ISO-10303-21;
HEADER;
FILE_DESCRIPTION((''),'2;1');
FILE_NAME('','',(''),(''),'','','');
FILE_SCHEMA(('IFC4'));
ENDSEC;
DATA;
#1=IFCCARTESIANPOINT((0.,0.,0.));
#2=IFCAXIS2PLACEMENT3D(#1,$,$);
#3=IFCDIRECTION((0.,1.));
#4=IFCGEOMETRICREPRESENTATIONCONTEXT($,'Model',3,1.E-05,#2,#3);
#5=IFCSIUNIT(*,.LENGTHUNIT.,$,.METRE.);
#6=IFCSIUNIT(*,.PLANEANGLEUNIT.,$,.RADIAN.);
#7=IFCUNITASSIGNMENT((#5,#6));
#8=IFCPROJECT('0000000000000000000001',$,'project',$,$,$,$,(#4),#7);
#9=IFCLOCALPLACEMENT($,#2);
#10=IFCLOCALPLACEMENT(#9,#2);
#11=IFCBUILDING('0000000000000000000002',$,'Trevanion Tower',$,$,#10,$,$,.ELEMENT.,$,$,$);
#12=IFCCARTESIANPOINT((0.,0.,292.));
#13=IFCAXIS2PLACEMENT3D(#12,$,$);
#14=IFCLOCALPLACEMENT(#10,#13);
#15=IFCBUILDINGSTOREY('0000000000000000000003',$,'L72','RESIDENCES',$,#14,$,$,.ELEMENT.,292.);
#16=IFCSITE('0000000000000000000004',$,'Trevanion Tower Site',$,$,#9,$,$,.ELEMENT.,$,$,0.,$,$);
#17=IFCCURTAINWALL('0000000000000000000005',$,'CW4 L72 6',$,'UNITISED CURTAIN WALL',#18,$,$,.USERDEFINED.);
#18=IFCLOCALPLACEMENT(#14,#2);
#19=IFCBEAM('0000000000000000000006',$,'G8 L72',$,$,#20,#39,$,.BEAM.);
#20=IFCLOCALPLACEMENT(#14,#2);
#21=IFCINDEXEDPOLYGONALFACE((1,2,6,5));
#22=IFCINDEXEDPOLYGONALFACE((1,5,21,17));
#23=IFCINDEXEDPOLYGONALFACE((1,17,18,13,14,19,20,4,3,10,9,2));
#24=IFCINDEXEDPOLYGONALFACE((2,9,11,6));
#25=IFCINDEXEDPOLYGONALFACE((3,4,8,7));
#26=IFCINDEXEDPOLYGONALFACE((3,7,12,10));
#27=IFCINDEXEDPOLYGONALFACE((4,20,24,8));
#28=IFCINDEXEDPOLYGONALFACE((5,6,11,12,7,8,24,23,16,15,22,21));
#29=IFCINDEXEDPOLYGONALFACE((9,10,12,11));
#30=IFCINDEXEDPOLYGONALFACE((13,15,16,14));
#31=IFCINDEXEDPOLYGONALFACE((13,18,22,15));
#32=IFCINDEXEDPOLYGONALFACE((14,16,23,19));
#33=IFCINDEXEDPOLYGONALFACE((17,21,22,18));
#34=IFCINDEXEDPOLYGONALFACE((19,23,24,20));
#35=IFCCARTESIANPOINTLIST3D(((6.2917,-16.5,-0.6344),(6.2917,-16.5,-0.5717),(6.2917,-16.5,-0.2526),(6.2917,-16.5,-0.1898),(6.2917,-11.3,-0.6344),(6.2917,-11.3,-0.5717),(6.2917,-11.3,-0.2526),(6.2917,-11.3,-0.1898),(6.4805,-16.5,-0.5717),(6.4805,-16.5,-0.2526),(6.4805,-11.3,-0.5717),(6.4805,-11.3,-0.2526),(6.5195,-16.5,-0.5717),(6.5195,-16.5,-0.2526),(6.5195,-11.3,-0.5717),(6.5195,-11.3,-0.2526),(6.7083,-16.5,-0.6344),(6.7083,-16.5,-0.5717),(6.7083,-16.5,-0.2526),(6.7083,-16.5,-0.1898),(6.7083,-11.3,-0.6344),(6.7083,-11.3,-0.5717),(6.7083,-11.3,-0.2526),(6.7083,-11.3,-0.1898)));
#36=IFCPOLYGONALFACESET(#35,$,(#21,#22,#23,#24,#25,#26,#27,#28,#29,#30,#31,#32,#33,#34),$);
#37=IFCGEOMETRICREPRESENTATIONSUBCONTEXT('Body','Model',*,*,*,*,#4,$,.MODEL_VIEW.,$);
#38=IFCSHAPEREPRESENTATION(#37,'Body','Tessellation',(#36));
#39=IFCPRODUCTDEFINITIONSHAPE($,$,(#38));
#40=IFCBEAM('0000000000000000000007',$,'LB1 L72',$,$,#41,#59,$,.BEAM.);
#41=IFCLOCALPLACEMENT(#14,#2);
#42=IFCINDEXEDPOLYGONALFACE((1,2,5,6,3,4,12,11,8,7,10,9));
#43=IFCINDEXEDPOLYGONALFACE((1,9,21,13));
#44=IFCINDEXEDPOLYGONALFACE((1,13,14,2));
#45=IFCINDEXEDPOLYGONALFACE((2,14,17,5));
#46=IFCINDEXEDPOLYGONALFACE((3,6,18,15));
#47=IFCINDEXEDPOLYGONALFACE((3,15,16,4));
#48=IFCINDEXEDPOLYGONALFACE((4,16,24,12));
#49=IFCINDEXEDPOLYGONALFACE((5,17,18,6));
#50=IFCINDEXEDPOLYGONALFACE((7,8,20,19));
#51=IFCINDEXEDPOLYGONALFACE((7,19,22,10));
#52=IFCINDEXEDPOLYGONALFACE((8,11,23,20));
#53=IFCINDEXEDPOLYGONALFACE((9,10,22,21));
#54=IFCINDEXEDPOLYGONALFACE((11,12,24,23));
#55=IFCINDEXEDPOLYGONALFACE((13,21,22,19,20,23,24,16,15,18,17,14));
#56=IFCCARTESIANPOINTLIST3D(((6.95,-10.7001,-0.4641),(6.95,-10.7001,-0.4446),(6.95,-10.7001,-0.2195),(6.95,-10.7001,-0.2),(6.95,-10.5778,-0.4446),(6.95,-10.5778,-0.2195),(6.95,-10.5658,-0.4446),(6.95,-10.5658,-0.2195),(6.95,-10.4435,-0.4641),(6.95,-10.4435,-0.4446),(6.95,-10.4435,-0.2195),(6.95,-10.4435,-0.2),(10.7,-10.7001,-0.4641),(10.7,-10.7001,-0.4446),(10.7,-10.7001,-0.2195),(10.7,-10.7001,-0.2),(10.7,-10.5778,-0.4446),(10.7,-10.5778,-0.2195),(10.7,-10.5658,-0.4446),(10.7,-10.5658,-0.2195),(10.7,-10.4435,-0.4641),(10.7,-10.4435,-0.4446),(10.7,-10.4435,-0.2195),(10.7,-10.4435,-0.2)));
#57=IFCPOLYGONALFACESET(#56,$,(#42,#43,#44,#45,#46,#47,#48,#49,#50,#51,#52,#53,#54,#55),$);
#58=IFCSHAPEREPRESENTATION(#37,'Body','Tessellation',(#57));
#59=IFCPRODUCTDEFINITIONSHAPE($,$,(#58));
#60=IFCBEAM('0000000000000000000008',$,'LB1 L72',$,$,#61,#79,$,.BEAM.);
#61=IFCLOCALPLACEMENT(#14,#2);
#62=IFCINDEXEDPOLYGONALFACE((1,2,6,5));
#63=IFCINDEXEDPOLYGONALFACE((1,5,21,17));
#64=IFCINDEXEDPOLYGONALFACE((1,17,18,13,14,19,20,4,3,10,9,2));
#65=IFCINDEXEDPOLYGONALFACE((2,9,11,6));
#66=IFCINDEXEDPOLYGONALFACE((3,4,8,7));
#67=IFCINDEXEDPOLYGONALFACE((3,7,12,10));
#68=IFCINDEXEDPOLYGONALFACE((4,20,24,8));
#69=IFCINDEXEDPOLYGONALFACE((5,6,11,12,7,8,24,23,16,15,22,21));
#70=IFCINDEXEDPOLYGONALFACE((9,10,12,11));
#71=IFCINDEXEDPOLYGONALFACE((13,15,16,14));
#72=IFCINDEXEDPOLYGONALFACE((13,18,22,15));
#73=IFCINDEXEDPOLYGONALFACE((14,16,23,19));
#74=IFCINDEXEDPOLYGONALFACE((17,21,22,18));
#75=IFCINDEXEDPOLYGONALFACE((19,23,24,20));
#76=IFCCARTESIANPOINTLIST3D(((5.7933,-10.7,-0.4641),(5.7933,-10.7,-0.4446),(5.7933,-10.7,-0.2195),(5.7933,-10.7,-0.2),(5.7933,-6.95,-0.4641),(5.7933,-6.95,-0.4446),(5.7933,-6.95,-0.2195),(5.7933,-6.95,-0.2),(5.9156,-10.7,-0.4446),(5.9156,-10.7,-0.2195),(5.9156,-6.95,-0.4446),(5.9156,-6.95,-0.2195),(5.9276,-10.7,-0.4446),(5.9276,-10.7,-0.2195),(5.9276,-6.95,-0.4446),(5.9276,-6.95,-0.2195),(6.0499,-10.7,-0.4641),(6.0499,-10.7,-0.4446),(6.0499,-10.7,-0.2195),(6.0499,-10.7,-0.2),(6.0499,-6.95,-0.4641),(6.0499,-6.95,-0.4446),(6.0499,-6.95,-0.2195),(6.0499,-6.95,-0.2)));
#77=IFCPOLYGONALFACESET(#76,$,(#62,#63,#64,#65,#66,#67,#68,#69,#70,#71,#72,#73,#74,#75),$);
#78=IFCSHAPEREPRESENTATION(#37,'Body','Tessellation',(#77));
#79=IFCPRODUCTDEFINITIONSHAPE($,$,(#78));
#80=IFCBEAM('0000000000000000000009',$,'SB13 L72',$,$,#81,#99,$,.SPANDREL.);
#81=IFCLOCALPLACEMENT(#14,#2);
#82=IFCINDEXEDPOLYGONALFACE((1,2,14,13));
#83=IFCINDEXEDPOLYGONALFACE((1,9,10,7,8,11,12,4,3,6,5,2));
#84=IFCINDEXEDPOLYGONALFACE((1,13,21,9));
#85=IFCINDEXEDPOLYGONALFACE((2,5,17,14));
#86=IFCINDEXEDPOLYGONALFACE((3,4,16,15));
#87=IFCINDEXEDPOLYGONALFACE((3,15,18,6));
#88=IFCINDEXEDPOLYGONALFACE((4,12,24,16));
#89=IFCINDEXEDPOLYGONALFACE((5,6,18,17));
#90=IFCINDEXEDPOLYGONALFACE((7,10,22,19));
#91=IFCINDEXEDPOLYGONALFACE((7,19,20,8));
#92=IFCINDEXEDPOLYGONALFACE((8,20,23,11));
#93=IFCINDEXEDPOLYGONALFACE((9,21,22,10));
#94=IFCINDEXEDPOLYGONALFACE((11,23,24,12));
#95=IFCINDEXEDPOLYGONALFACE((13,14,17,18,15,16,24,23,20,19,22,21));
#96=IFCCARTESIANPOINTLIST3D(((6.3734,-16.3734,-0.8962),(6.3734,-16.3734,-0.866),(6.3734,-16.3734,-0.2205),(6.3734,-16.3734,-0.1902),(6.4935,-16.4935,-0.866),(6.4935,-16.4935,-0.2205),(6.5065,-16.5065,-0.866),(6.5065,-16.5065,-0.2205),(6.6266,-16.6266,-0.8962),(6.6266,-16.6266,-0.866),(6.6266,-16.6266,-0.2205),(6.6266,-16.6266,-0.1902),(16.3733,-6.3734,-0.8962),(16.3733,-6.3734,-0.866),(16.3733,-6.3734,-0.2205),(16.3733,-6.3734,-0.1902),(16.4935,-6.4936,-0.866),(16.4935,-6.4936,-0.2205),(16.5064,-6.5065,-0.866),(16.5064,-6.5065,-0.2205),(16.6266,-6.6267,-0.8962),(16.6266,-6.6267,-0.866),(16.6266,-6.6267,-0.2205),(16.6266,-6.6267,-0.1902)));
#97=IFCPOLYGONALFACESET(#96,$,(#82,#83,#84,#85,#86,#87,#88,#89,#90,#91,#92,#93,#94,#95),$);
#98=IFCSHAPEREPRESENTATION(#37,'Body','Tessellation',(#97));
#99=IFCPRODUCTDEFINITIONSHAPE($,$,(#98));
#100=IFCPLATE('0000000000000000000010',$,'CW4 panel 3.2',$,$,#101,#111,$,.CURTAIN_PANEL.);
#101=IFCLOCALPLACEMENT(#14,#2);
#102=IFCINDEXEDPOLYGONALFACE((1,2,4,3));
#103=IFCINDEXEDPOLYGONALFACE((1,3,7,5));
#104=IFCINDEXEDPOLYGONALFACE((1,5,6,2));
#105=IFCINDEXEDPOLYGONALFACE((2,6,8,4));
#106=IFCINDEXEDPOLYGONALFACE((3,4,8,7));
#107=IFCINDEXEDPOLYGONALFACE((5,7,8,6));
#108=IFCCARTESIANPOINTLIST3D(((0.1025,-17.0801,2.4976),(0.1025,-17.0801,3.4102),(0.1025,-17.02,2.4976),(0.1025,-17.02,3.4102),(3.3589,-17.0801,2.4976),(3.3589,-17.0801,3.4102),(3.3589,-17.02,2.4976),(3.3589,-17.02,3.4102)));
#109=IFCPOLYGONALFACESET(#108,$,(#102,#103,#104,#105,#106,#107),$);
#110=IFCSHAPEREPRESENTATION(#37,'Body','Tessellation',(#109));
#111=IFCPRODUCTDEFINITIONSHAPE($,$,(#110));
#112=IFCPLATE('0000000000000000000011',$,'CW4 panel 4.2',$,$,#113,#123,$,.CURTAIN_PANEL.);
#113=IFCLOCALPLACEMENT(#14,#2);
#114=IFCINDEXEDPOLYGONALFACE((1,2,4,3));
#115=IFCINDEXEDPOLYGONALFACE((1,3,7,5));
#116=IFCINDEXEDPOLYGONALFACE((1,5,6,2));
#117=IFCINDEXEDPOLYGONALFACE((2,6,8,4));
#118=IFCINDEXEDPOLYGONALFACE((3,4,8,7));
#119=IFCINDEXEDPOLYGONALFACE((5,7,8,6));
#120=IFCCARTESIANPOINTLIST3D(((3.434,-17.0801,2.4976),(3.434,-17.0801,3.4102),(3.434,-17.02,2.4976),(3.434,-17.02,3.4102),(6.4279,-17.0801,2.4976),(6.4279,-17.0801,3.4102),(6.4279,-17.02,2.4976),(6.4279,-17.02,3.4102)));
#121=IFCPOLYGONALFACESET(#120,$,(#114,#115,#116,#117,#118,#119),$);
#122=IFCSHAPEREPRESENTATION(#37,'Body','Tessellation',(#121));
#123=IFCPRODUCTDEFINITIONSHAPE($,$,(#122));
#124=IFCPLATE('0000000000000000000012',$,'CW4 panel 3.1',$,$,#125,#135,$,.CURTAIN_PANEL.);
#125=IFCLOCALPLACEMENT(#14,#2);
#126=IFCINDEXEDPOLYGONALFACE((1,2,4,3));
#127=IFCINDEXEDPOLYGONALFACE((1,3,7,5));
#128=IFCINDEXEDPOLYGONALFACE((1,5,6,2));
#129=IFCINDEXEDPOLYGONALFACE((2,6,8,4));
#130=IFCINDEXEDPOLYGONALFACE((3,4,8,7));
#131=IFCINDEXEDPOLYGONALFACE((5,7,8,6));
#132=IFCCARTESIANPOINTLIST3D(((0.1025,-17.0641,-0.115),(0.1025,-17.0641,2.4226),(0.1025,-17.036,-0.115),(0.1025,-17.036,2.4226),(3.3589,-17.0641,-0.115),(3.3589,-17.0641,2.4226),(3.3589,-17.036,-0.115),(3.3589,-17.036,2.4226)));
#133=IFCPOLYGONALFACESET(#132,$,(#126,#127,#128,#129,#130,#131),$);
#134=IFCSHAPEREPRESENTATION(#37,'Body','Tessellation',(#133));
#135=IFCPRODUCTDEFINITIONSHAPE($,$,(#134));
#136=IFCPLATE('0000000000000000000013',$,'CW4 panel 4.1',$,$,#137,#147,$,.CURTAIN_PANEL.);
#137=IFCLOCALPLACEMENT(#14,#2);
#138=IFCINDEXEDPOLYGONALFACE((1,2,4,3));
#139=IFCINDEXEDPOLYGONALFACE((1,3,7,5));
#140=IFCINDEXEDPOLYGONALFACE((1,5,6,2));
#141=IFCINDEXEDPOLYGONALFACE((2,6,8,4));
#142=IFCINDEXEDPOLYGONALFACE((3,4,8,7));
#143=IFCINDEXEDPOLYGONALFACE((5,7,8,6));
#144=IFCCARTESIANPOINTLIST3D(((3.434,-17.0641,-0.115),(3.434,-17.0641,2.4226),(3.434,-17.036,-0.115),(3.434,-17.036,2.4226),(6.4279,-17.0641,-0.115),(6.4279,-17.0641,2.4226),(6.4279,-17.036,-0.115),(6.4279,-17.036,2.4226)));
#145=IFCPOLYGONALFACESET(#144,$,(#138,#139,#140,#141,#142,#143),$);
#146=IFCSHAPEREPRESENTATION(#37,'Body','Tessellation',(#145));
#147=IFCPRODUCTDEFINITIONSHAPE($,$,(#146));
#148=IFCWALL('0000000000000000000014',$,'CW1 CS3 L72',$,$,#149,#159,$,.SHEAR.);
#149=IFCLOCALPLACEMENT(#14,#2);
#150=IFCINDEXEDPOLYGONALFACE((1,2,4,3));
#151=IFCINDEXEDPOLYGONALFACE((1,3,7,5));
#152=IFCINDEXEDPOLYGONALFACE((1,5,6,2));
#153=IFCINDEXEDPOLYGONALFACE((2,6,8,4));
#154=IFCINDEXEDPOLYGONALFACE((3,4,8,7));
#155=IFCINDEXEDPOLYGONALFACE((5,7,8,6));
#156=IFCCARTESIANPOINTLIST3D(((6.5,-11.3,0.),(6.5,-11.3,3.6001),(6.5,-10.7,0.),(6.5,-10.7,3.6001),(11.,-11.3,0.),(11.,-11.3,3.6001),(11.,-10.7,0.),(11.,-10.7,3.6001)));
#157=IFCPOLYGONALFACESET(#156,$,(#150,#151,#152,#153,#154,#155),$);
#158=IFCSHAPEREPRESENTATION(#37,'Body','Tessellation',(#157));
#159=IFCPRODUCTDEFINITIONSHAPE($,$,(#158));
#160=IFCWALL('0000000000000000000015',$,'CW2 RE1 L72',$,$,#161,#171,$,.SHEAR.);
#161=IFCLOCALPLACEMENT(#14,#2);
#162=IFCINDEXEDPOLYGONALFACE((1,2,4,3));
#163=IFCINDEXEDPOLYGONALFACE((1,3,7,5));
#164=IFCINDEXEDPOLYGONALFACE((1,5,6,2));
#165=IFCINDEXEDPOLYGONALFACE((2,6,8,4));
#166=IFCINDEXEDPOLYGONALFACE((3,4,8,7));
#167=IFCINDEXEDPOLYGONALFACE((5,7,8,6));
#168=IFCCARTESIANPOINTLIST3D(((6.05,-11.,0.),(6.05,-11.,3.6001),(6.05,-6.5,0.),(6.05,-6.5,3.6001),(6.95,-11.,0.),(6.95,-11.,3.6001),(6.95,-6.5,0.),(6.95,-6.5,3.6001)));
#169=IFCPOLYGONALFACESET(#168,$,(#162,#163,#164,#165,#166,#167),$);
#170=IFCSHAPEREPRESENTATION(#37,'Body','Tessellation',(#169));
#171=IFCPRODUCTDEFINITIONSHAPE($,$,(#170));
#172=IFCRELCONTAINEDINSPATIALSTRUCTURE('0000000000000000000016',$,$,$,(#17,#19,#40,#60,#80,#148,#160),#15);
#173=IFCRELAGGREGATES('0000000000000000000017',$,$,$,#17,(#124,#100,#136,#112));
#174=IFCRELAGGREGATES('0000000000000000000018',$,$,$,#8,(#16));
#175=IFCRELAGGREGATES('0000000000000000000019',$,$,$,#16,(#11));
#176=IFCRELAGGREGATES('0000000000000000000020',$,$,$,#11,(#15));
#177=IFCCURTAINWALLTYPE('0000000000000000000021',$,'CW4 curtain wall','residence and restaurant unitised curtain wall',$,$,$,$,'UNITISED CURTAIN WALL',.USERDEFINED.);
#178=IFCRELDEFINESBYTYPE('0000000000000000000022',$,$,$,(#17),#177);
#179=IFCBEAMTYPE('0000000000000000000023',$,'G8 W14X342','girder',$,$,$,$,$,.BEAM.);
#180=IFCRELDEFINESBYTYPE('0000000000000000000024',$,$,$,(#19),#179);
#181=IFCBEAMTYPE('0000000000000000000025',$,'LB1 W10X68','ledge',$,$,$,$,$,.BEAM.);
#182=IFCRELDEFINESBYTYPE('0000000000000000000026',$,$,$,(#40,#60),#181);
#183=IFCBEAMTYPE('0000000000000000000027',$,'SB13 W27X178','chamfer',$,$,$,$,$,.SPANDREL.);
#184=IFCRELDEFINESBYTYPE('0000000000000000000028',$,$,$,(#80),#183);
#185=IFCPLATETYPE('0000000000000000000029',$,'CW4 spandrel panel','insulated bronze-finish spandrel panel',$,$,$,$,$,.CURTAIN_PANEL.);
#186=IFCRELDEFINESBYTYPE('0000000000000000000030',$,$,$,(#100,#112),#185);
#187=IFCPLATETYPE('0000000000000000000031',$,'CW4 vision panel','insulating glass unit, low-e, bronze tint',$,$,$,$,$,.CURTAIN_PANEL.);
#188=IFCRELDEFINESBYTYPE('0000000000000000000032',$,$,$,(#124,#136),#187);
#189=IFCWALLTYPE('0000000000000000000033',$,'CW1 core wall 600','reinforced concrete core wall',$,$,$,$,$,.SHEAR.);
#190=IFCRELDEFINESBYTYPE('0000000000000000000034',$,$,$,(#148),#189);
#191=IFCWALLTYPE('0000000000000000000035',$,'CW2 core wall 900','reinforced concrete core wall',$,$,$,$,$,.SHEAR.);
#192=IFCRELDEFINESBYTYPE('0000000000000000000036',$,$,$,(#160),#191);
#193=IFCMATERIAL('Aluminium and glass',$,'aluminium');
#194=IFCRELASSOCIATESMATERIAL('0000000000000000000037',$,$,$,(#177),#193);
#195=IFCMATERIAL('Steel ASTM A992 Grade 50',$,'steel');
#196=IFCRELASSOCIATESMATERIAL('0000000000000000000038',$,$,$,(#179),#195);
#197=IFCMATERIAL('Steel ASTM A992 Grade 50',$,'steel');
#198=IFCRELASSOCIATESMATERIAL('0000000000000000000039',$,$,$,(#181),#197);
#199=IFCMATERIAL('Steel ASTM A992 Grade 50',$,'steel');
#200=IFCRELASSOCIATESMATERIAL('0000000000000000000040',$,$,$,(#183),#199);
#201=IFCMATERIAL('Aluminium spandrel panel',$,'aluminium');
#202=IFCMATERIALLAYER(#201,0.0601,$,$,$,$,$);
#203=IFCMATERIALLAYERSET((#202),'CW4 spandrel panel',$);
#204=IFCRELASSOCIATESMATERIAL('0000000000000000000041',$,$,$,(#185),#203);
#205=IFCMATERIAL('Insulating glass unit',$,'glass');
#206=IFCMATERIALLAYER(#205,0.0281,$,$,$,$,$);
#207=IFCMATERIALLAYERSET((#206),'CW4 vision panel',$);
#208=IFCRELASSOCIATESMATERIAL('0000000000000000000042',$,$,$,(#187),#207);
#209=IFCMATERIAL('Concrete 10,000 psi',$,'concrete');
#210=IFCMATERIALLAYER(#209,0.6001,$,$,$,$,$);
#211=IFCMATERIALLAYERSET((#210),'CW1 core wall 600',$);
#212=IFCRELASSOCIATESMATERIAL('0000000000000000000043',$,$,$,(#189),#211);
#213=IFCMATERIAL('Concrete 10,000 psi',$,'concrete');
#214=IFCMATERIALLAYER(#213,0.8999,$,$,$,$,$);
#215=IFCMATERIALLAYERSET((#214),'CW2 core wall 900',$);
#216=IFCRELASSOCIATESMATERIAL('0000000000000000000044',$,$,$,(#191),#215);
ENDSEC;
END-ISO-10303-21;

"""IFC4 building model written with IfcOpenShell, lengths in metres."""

from ifc_helpers import new_model, si_unit, direction, frame, frame_2d, origin, origin_2d, place, context, subcontext, project, spatial, rectangle, i_section, extrude, material, layer, layer_set, material_profile, profile_set, type_object, element, aggregate, save


model = new_model("IFC4")

# Units and contexts
model_context = context("Model", 3, precision=1e-05, world=origin(), true_north=direction((0.0, 1.0)))
body_context = subcontext(model_context, "Body", "Model", "MODEL_VIEW")
ifc_project = project(units=[si_unit("LENGTHUNIT", "METRE"), si_unit("PLANEANGLEUNIT", "RADIAN")], contexts=[model_context])

# Site, building, storey
site_placement = place(None, origin())
site = spatial("IfcSite", under=ifc_project, at=site_placement, Name="Trevanion Tower Site", CompositionType="ELEMENT", RefElevation=0.0)
building_placement = place(site_placement, origin())
building = spatial("IfcBuilding", under=site, at=building_placement, Name="Trevanion Tower", CompositionType="ELEMENT")
storey_placement = place(building_placement, frame((0.0, 0.0, 292.0)))
storey = spatial("IfcBuildingStorey", under=building, at=storey_placement, Name="L72", Description="RESIDENCES", CompositionType="ELEMENT", Elevation=292.0)

# Curtain wall
ifc_material_1 = material(Name="Aluminium and glass", Category="aluminium")
curtain_wall_type = type_object("IfcCurtainWallType", Name="CW4 curtain wall", Description="residence and restaurant unitised curtain wall", ElementType="UNITISED CURTAIN WALL", PredefinedType="USERDEFINED", material=ifc_material_1)
curtain_wall_1_placement = place(storey_placement, origin())
curtain_wall_1 = element("IfcCurtainWall", 1, at=curtain_wall_1_placement, inside=storey, type_object=curtain_wall_type, Name="CW4 L72 6", ObjectType="UNITISED CURTAIN WALL", PredefinedType="USERDEFINED")

# Beams
ifc_material_2 = material(Name="Steel ASTM A992 Grade 50", Category="steel")
ifc_material_profile_1 = material_profile(ifc_material_2, i_section(OverallWidth=0.4165, OverallDepth=0.4446, WebThickness=0.0391, FlangeThickness=0.0627, at=origin_2d()), Name="W14X342")
ifc_profile_set_1 = profile_set([ifc_material_profile_1], Name="Steel ASTM A992 Grade 50")
beam_type_1 = type_object("IfcBeamType", Name="G8 W14X342", Description="girder", PredefinedType="BEAM", material=ifc_profile_set_1)
beam_1_placement = place(storey_placement, frame((6.5, -11.3, -0.4121), z_axis=(0.0, -1.0, 0.0), x_axis=(1.0, 0.0, 0.0)))
element("IfcBeam", 2, at=beam_1_placement, inside=storey, type_object=beam_type_1, Name="G8 L72", PredefinedType="BEAM", context=body_context, shape_type="SweptSolid", body=[
    extrude(i_section(OverallWidth=0.4165, OverallDepth=0.4446, WebThickness=0.0391, FlangeThickness=0.0627, at=origin_2d()), origin(), (0.0, 0.0, 1.0), 5.2),
])
ifc_material_3 = material(Name="Steel ASTM A992 Grade 50", Category="steel")
ifc_material_profile_2 = material_profile(ifc_material_3, i_section(OverallWidth=0.2566, OverallDepth=0.2642, WebThickness=0.012, FlangeThickness=0.0195, at=origin_2d()), Name="W10X68")
ifc_profile_set_2 = profile_set([ifc_material_profile_2], Name="Steel ASTM A992 Grade 50")
beam_type_2 = type_object("IfcBeamType", Name="LB1 W10X68", Description="ledge", PredefinedType="BEAM", material=ifc_profile_set_2)
for number, where, z_axis, x_axis, name in (
    (3, (6.95, -10.5718, -0.332), (1.0, 0.0, 0.0), (0.0, 1.0, 0.0), "LB1 L72"),
    (4, (5.9216, -10.7, -0.332), (0.0, 1.0, 0.0), (-1.0, 0.0, 0.0), "LB1 L72"),
):
    element("IfcBeam", number, at=place(storey_placement, frame(where, z_axis=z_axis, x_axis=x_axis)), inside=storey, type_object=beam_type_2, Name=name, PredefinedType="BEAM", context=body_context, shape_type="SweptSolid", body=[
        extrude(i_section(OverallWidth=0.2566, OverallDepth=0.2642, WebThickness=0.012, FlangeThickness=0.0195, at=origin_2d()), origin(), (0.0, 0.0, 1.0), 3.75),
    ])
ifc_material_4 = material(Name="Steel ASTM A992 Grade 50", Category="steel")
ifc_material_profile_3 = material_profile(ifc_material_4, i_section(OverallWidth=0.3582, OverallDepth=0.7061, WebThickness=0.0183, FlangeThickness=0.0303, at=origin_2d()), Name="W27X178")
ifc_profile_set_3 = profile_set([ifc_material_profile_3], Name="Steel ASTM A992 Grade 50")
beam_type_3 = type_object("IfcBeamType", Name="SB13 W27X178", Description="chamfer", PredefinedType="SPANDREL", material=ifc_profile_set_3)
beam_2_placement = place(storey_placement, frame((6.5, -16.5, -0.5432), z_axis=(0.707107, 0.707107, 0.0), x_axis=(-0.707107, 0.707107, 0.0)))
element("IfcBeam", 5, at=beam_2_placement, inside=storey, type_object=beam_type_3, Name="SB13 L72", PredefinedType="SPANDREL", context=body_context, shape_type="SweptSolid", body=[
    extrude(i_section(OverallWidth=0.3582, OverallDepth=0.7061, WebThickness=0.0183, FlangeThickness=0.0303, at=origin_2d()), origin(), (0.0, 0.0, 1.0), 14.1421),
])

# Plates
ifc_material_5 = material(Name="Aluminium spandrel panel", Category="aluminium")
ifc_layer_1 = layer(ifc_material_5, 0.0601)
ifc_layer_set_1 = layer_set([ifc_layer_1], Name="CW4 spandrel panel")
plate_type_1 = type_object("IfcPlateType", Name="CW4 spandrel panel", Description="insulated bronze-finish spandrel panel", PredefinedType="CURTAIN_PANEL", material=ifc_layer_set_1)
plate_1_placement = place(storey_placement, frame((1.7307, -17.05, 2.4976), z_axis=(0.0, 0.0, 1.0), x_axis=(1.0, 0.0, 0.0)))
plate_1 = element("IfcPlate", 6, at=plate_1_placement, type_object=plate_type_1, Name="CW4 panel 3.2", PredefinedType="CURTAIN_PANEL", context=body_context, shape_type="SweptSolid", body=[
    extrude(rectangle(XDim=3.2563, YDim=0.0601, at=origin_2d()), origin(), (0.0, 0.0, 1.0), 0.9126),
])
plate_2_placement = place(storey_placement, frame((4.9309, -17.05, 2.4976), z_axis=(0.0, 0.0, 1.0), x_axis=(1.0, 0.0, 0.0)))
plate_2 = element("IfcPlate", 7, at=plate_2_placement, type_object=plate_type_1, Name="CW4 panel 4.2", PredefinedType="CURTAIN_PANEL", context=body_context, shape_type="SweptSolid", body=[
    extrude(rectangle(XDim=2.9939, YDim=0.0601, at=origin_2d()), origin(), (0.0, 0.0, 1.0), 0.9126),
])
ifc_material_6 = material(Name="Insulating glass unit", Category="glass")
ifc_layer_2 = layer(ifc_material_6, 0.0281)
ifc_layer_set_2 = layer_set([ifc_layer_2], Name="CW4 vision panel")
plate_type_2 = type_object("IfcPlateType", Name="CW4 vision panel", Description="insulating glass unit, low-e, bronze tint", PredefinedType="CURTAIN_PANEL", material=ifc_layer_set_2)
plate_3_placement = place(storey_placement, frame((1.7307, -17.05, -0.115), z_axis=(0.0, 0.0, 1.0), x_axis=(1.0, 0.0, 0.0)))
plate_3 = element("IfcPlate", 8, at=plate_3_placement, type_object=plate_type_2, Name="CW4 panel 3.1", PredefinedType="CURTAIN_PANEL", context=body_context, shape_type="SweptSolid", body=[
    extrude(rectangle(XDim=3.2563, YDim=0.0281, at=origin_2d()), origin(), (0.0, 0.0, 1.0), 2.5376),
])
plate_4_placement = place(storey_placement, frame((4.9309, -17.05, -0.115), z_axis=(0.0, 0.0, 1.0), x_axis=(1.0, 0.0, 0.0)))
plate_4 = element("IfcPlate", 9, at=plate_4_placement, type_object=plate_type_2, Name="CW4 panel 4.1", PredefinedType="CURTAIN_PANEL", context=body_context, shape_type="SweptSolid", body=[
    extrude(rectangle(XDim=2.9939, YDim=0.0281, at=origin_2d()), origin(), (0.0, 0.0, 1.0), 2.5376),
])
aggregate(curtain_wall_1, [plate_3, plate_1, plate_4, plate_2])

# Walls
ifc_material_7 = material(Name="Concrete 10,000 psi", Category="concrete")
ifc_layer_3 = layer(ifc_material_7, 0.6001)
ifc_layer_set_3 = layer_set([ifc_layer_3], Name="CW1 core wall 600")
wall_type_1 = type_object("IfcWallType", Name="CW1 core wall 600", Description="reinforced concrete core wall", PredefinedType="SHEAR", material=ifc_layer_set_3)
wall_1_placement = place(storey_placement, frame((6.5, -11.0, 0.0), z_axis=(0.0, 0.0, 1.0), x_axis=(1.0, 0.0, 0.0)))
element("IfcWall", 10, at=wall_1_placement, inside=storey, type_object=wall_type_1, Name="CW1 CS3 L72", PredefinedType="SHEAR", context=body_context, shape_type="SweptSolid", body=[
    extrude(rectangle(XDim=4.5, YDim=0.6001, at=frame_2d((2.25, 0.0))), origin(), (0.0, 0.0, 1.0), 3.6001),
])
ifc_material_8 = material(Name="Concrete 10,000 psi", Category="concrete")
ifc_layer_4 = layer(ifc_material_8, 0.8999)
ifc_layer_set_4 = layer_set([ifc_layer_4], Name="CW2 core wall 900")
wall_type_2 = type_object("IfcWallType", Name="CW2 core wall 900", Description="reinforced concrete core wall", PredefinedType="SHEAR", material=ifc_layer_set_4)
wall_2_placement = place(storey_placement, frame((6.5, -11.0, 0.0), z_axis=(0.0, 0.0, 1.0), x_axis=(0.0, 1.0, 0.0)))
element("IfcWall", 11, at=wall_2_placement, inside=storey, type_object=wall_type_2, Name="CW2 RE1 L72", PredefinedType="SHEAR", context=body_context, shape_type="SweptSolid", body=[
    extrude(rectangle(XDim=4.5, YDim=0.8999, at=frame_2d((2.25, 0.0))), origin(), (0.0, 0.0, 1.0), 3.6001),
])

save(model, "model.ifc")
